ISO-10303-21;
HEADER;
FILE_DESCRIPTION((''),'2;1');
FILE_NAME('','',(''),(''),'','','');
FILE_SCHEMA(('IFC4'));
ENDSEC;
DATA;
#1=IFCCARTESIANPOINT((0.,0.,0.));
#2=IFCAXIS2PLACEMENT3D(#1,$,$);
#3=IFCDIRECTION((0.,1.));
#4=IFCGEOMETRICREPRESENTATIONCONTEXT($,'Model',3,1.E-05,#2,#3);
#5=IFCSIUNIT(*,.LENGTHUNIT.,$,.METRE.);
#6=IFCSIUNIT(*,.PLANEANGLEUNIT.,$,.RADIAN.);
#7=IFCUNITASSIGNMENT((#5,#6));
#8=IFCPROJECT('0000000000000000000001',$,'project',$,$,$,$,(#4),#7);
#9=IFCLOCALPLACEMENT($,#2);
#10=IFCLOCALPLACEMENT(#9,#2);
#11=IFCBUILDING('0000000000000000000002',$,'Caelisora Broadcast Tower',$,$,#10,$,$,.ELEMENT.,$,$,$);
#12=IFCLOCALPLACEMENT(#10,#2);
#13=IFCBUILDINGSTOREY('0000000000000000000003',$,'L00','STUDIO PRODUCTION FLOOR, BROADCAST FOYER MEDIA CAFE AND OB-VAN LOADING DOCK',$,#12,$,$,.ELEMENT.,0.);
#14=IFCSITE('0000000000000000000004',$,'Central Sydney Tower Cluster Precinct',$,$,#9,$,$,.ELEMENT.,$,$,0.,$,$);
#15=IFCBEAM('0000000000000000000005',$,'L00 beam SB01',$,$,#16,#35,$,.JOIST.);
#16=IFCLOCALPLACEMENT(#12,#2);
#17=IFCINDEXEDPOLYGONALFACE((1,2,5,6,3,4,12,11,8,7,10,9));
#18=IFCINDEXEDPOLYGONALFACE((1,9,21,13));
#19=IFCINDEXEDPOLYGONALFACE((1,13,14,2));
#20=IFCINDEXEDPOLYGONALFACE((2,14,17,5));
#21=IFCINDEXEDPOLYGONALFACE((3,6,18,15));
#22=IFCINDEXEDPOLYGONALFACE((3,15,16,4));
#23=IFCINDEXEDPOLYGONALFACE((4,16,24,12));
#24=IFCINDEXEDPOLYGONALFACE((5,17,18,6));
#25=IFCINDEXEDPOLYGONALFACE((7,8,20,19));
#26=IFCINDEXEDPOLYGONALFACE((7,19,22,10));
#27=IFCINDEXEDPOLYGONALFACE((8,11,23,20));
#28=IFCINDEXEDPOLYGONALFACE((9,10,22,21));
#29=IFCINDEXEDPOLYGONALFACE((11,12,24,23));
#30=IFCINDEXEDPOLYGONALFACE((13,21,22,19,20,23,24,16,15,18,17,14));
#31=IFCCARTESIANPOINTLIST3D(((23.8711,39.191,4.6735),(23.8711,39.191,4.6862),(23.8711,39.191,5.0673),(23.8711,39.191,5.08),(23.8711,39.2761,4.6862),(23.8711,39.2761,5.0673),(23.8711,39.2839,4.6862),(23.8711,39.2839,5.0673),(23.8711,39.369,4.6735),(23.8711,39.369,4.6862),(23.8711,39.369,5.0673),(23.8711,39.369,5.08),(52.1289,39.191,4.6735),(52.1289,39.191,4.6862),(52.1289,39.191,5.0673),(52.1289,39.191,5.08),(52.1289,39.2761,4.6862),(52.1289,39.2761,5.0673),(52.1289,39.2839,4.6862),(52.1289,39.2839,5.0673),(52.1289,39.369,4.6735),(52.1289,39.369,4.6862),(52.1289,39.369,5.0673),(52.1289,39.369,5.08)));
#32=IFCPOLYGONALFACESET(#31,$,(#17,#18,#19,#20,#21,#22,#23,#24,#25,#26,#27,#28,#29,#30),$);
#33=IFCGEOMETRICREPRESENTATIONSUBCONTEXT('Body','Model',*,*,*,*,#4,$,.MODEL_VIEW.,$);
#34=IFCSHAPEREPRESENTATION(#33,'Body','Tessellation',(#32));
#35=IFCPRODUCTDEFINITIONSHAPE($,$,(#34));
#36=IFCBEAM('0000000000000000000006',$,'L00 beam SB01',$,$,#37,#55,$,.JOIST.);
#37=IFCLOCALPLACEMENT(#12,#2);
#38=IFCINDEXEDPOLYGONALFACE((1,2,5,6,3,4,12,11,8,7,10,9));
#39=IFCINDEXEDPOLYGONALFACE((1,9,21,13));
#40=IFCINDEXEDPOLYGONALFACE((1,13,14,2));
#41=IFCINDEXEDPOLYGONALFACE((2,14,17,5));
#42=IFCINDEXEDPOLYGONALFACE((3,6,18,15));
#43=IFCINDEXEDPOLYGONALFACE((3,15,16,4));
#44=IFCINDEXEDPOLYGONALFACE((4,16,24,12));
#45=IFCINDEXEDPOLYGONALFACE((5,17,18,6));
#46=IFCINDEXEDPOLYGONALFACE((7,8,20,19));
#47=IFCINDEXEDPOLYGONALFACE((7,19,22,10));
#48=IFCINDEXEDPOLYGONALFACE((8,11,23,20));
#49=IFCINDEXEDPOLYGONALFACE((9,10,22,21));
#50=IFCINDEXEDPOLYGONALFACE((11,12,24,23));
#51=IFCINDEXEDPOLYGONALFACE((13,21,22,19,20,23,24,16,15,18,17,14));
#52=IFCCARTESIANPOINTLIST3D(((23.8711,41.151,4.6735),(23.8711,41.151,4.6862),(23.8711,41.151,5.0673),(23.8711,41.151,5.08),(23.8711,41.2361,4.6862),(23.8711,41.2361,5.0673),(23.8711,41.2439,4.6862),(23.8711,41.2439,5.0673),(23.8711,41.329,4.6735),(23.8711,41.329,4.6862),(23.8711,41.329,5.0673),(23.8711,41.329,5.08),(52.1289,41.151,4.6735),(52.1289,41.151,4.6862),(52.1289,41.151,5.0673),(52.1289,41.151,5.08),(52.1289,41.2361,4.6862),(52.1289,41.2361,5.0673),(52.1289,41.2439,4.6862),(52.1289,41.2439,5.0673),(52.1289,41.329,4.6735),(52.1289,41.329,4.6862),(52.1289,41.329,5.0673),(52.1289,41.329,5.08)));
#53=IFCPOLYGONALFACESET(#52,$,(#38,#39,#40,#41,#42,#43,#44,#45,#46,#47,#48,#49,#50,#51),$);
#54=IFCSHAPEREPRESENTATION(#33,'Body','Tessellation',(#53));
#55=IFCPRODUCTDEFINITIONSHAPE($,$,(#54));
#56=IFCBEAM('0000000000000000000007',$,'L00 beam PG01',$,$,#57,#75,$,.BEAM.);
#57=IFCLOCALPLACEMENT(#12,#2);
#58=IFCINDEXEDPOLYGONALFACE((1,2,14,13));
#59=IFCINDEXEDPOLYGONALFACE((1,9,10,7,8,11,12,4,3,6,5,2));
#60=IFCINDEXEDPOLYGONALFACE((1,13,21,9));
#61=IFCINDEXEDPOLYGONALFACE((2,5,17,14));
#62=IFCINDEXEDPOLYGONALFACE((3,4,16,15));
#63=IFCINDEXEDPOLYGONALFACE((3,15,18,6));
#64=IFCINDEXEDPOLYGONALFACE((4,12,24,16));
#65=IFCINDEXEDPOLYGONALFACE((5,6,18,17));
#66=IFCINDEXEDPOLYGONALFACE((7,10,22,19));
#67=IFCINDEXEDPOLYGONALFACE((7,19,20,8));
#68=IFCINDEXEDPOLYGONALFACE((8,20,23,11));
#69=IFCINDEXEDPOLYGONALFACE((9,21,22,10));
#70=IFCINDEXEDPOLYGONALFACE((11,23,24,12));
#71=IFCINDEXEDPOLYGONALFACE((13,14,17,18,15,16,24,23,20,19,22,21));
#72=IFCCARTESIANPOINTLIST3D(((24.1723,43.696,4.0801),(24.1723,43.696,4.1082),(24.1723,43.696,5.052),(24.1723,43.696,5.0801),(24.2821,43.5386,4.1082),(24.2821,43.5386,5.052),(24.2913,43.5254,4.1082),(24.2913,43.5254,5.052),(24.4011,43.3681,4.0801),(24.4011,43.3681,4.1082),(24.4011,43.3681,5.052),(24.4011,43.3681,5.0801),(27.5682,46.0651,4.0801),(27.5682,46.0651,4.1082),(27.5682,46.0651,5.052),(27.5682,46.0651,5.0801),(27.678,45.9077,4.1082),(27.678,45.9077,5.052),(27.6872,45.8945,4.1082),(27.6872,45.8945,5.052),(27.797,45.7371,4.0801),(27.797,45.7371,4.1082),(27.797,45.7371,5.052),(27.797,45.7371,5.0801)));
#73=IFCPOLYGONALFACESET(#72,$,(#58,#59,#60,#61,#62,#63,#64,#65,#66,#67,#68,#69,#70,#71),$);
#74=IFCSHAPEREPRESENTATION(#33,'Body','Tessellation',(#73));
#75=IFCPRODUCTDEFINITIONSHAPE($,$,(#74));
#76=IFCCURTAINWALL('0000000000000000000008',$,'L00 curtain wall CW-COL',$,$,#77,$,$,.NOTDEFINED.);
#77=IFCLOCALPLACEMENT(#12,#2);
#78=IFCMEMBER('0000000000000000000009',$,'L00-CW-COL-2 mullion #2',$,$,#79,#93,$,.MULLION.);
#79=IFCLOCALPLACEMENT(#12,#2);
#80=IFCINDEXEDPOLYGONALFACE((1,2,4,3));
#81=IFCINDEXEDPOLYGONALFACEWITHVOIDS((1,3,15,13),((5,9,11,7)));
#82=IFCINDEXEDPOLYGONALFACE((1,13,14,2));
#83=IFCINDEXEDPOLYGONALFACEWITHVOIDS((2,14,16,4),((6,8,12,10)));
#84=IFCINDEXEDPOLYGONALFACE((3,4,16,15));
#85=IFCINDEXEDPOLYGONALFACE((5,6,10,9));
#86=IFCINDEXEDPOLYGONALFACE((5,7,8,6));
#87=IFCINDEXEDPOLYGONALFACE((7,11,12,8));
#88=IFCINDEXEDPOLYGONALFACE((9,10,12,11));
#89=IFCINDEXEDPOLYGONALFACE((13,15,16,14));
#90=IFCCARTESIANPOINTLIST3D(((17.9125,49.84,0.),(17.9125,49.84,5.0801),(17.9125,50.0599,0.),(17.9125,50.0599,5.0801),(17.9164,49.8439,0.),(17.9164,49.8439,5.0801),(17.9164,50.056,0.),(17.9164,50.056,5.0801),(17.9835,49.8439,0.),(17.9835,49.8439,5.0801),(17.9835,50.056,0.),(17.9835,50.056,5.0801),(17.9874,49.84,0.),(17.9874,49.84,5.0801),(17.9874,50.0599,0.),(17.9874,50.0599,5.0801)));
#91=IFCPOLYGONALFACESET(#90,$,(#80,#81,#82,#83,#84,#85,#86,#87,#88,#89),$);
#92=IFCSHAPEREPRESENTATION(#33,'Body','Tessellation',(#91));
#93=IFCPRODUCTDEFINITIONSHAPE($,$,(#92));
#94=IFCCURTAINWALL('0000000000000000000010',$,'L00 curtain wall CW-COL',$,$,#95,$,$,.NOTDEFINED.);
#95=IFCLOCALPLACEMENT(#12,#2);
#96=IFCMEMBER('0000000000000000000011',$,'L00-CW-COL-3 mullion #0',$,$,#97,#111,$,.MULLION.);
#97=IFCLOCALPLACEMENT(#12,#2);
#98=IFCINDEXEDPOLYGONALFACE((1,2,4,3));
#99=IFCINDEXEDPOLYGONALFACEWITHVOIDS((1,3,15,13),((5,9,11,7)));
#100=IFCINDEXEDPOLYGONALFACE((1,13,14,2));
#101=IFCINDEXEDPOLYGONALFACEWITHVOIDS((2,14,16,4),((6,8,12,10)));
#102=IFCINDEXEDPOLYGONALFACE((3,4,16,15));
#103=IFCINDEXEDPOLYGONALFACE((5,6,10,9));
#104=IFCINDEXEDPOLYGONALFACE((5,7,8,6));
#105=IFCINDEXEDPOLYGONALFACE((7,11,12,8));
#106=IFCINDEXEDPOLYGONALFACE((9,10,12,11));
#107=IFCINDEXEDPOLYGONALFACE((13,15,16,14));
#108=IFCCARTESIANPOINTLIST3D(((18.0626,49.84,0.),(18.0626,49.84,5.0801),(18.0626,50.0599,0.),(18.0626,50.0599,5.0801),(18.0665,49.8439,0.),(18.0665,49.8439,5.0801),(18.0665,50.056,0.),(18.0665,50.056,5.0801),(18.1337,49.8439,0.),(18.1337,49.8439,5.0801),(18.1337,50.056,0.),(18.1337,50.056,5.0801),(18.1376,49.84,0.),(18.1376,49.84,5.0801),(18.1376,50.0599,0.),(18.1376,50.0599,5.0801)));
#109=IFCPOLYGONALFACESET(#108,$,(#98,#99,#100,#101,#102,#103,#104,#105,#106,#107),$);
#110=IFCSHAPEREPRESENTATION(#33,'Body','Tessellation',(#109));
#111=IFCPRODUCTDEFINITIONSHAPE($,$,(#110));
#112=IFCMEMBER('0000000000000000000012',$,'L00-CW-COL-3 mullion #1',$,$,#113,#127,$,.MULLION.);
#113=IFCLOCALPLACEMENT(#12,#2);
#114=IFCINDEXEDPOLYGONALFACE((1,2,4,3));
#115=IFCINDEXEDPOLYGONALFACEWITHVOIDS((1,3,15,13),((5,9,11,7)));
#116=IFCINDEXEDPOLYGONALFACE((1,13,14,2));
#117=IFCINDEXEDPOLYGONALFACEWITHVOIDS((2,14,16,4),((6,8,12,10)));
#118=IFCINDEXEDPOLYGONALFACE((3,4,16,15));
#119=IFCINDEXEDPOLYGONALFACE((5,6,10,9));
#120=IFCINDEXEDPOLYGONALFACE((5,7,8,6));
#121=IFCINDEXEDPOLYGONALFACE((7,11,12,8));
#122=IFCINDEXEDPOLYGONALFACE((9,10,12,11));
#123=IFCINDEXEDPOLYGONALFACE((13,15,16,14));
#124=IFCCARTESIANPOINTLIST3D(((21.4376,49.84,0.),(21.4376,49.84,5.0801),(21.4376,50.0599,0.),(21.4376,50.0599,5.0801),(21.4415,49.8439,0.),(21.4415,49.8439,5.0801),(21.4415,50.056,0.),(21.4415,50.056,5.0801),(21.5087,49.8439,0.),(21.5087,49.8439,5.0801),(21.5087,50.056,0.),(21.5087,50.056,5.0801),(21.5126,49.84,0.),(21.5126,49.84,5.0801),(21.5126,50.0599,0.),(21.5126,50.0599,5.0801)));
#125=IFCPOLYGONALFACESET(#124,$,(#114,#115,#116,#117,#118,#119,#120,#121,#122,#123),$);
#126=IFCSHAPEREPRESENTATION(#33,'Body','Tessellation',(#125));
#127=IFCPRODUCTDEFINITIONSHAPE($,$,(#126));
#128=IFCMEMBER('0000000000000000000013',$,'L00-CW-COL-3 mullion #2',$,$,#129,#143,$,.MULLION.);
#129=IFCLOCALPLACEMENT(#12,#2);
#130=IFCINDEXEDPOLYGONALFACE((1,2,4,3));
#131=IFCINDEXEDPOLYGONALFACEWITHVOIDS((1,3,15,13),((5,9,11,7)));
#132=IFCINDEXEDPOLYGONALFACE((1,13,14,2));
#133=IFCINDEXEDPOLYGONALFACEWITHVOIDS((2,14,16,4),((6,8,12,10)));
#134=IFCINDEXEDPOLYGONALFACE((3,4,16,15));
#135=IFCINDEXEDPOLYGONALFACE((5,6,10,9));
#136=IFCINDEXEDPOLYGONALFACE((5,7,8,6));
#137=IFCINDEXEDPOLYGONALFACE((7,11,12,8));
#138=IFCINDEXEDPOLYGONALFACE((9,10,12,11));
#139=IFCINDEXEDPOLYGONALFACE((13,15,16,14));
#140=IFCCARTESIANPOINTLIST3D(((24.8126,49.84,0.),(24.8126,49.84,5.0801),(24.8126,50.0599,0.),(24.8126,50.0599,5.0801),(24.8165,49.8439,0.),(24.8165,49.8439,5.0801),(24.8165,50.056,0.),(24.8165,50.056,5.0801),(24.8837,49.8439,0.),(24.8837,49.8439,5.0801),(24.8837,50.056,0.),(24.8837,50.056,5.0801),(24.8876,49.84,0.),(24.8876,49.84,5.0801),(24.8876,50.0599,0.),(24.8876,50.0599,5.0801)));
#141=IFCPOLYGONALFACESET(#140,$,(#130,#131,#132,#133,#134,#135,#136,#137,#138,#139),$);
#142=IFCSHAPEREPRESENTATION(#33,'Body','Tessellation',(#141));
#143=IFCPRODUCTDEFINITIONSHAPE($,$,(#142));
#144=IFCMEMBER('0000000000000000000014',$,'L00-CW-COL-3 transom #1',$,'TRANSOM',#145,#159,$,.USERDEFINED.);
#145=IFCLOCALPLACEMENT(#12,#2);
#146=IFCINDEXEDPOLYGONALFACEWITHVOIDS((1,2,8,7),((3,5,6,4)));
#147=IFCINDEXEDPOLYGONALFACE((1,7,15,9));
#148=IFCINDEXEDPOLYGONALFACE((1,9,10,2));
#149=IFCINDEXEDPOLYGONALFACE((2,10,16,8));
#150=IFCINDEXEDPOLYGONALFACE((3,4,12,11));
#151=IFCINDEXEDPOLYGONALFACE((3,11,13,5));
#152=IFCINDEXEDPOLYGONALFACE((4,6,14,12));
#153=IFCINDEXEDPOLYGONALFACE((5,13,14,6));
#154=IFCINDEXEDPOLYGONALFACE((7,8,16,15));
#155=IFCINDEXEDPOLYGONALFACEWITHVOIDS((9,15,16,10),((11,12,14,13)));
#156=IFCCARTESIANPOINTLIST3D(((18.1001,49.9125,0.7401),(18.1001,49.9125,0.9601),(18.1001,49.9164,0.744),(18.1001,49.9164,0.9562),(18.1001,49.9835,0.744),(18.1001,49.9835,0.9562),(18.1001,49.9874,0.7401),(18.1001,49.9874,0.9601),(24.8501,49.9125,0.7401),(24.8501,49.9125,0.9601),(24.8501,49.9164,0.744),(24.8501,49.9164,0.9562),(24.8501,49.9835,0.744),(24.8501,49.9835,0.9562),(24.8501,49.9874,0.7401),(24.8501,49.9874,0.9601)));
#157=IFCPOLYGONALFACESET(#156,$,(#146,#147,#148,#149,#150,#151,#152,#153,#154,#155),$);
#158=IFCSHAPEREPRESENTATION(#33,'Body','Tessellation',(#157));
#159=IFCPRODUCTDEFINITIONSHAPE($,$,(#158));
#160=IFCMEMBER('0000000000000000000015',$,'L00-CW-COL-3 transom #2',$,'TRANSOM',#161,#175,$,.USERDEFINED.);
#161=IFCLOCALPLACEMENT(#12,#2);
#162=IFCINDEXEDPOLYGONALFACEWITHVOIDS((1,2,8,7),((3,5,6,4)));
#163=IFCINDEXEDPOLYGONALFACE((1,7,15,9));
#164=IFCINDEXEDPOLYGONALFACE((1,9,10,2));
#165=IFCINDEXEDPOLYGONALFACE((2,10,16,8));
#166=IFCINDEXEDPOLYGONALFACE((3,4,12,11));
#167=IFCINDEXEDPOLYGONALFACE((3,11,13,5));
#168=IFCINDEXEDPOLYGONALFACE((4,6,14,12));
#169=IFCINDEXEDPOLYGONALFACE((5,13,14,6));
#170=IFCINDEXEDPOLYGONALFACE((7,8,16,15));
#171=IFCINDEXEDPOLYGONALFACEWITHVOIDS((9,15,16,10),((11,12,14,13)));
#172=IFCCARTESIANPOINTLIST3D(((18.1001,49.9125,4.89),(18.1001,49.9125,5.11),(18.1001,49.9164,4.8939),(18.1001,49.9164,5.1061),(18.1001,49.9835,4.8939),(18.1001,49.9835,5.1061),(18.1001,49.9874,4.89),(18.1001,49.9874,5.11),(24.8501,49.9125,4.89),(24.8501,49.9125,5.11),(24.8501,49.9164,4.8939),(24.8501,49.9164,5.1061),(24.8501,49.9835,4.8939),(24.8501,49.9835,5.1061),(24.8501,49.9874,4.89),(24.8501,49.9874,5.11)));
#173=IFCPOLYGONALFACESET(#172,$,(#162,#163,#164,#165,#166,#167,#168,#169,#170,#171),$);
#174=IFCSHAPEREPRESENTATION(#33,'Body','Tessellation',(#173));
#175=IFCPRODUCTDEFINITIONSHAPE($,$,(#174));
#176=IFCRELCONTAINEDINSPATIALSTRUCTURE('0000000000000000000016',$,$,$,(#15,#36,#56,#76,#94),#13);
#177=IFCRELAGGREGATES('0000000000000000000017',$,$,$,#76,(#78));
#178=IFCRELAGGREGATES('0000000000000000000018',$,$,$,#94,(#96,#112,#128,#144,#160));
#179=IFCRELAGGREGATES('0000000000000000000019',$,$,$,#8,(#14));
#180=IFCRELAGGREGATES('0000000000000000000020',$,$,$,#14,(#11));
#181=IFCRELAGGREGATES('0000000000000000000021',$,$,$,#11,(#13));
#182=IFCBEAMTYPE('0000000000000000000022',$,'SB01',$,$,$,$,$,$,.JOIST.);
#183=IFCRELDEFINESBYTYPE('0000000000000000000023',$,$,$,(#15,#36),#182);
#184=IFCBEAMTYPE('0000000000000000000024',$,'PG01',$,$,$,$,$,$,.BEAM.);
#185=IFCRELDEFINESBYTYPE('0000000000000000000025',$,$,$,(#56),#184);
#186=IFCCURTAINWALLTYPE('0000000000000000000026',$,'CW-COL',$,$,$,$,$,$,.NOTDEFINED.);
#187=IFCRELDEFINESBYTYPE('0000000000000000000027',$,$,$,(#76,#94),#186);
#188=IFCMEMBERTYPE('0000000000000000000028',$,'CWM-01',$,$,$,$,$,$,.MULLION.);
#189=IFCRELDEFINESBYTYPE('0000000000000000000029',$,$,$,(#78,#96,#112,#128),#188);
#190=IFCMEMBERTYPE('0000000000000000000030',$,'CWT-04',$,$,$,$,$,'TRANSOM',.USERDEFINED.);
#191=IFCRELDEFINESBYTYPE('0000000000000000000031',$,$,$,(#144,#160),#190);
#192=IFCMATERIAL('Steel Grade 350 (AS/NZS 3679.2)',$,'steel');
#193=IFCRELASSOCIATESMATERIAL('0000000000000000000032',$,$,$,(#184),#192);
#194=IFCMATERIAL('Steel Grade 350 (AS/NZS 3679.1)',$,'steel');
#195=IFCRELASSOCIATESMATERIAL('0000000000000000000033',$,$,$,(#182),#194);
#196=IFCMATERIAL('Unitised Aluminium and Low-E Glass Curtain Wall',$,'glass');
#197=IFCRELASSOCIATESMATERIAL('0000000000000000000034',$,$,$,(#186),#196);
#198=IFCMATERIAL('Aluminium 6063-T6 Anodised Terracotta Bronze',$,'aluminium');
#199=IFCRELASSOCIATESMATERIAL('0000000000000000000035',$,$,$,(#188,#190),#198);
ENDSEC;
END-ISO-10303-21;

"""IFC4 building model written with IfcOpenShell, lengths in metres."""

from ifc_helpers import new_model, si_unit, direction, frame, origin, origin_2d, place, context, subcontext, project, spatial, hollow_rectangle, i_section, extrude, source, transform, mapped, material, material_profile, profile_set, type_object, type_shapes, element, aggregate, save


model = new_model("IFC4")

# Units and contexts
model_context = context("Model", 3, precision=1e-05, world=origin(), true_north=direction((0.0, 1.0)))
body_context = subcontext(model_context, "Body", "Model", "MODEL_VIEW")
ifc_project = project(units=[si_unit("LENGTHUNIT", "METRE"), si_unit("PLANEANGLEUNIT", "RADIAN")], contexts=[model_context])

# Site, building, storey
site_placement = place(None, origin())
site = spatial("IfcSite", under=ifc_project, at=site_placement, Name="Central Sydney Tower Cluster Precinct", CompositionType="ELEMENT", RefElevation=0.0)
building_placement = place(site_placement, origin())
building = spatial("IfcBuilding", under=site, at=building_placement, Name="Caelisora Broadcast Tower", CompositionType="ELEMENT")
storey_placement = place(building_placement, origin())
storey = spatial("IfcBuildingStorey", under=building, at=storey_placement, Name="L00", Description="STUDIO PRODUCTION FLOOR, BROADCAST FOYER MEDIA CAFE AND OB-VAN LOADING DOCK", CompositionType="ELEMENT", Elevation=0.0)

# Beams
ifc_material_1 = material(Name="Steel Grade 350 (AS/NZS 3679.2)", Category="steel")
ifc_material_profile_1 = material_profile(ifc_material_1, i_section(OverallWidth=0.3999, OverallDepth=1.0, WebThickness=0.0161, FlangeThickness=0.0281, at=origin_2d()), Name="Steel Grade 350 (AS/NZS 3679.2)")
ifc_profile_set_1 = profile_set([ifc_material_profile_1], Name="Steel Grade 350 (AS/NZS 3679.2)")
beam_type_1 = type_object("IfcBeamType", Name="PG01", PredefinedType="BEAM", material=ifc_profile_set_1)
ifc_material_2 = material(Name="Steel Grade 350 (AS/NZS 3679.1)", Category="steel")
ifc_material_profile_2 = material_profile(ifc_material_2, i_section(OverallWidth=0.178, OverallDepth=0.4065, WebThickness=0.0078, FlangeThickness=0.0127, at=origin_2d()), Name="Steel Grade 350 (AS/NZS 3679.1)")
ifc_profile_set_2 = profile_set([ifc_material_profile_2], Name="Steel Grade 350 (AS/NZS 3679.1)")
beam_type_2 = type_object("IfcBeamType", Name="SB01", PredefinedType="JOIST", material=ifc_profile_set_2)
shared_shape_1 = source(origin(), body_context, "Body", "SweptSolid", [
    extrude(i_section(OverallWidth=0.178, OverallDepth=0.4065, WebThickness=0.0078, FlangeThickness=0.0127, at=origin_2d()), origin(), (0.0, 0.0, 1.0), 28.2578),
])
type_shapes(beam_type_2, [shared_shape_1])
for number, where, z_axis, x_axis, name in (
    (1, (23.8711, 39.28, 4.8767), (1.0, 0.0, 0.0), (0.0, 1.0, 0.0), "L00 beam SB01"),
    (2, (23.8711, 41.24, 4.8767), (1.0, 0.0, 0.0), (0.0, 1.0, 0.0), "L00 beam SB01"),
):
    element("IfcBeam", number, at=place(storey_placement, frame(where, z_axis=z_axis, x_axis=x_axis)), inside=storey, type_object=beam_type_2, Name=name, PredefinedType="JOIST", context=body_context, shape_type="MappedRepresentation", body=[
        mapped(shared_shape_1, transform((0.0, 0.0, 0.0), scale=1.0)),
    ])
shared_shape_2 = source(origin(), body_context, "Body", "SweptSolid", [
    extrude(i_section(OverallWidth=0.3999, OverallDepth=1.0, WebThickness=0.0161, FlangeThickness=0.0281, at=origin_2d()), origin(), (0.0, 0.0, 1.0), 4.1406),
])
beam_1_placement = place(storey_placement, frame((27.6826, 45.9011, 4.5801), z_axis=(-0.820145, -0.572156, 0.0), x_axis=(0.572156, -0.820145, 0.0)))
element("IfcBeam", 3, at=beam_1_placement, inside=storey, type_object=beam_type_1, Name="L00 beam PG01", PredefinedType="BEAM", context=body_context, shape_type="MappedRepresentation", body=[
    mapped(shared_shape_2, transform((0.0, 0.0, 0.0), scale=1.0)),
])

# Curtain wall, member
ifc_material_3 = material(Name="Unitised Aluminium and Low-E Glass Curtain Wall", Category="glass")
curtain_wall_type = type_object("IfcCurtainWallType", Name="CW-COL", PredefinedType="NOTDEFINED", material=ifc_material_3)
curtain_wall_1_placement = place(storey_placement, origin())
curtain_wall_1 = element("IfcCurtainWall", 4, at=curtain_wall_1_placement, inside=storey, type_object=curtain_wall_type, Name="L00 curtain wall CW-COL", PredefinedType="NOTDEFINED")
ifc_material_4 = material(Name="Aluminium 6063-T6 Anodised Terracotta Bronze", Category="aluminium")
ifc_material_profile_3 = material_profile(ifc_material_4, hollow_rectangle(XDim=0.075, YDim=0.22, WallThickness=0.0039, at=origin_2d()), Name="Aluminium 6063-T6 Anodised Terracotta Bronze")
ifc_profile_set_3 = profile_set([ifc_material_profile_3], Name="Aluminium 6063-T6 Anodised Terracotta Bronze")
member_type_1 = type_object("IfcMemberType", Name="CWM-01", PredefinedType="MULLION", material=ifc_profile_set_3)
shared_shape_3 = source(origin(), body_context, "Body", "SweptSolid", [
    extrude(hollow_rectangle(XDim=0.075, YDim=0.22, WallThickness=0.0039, at=origin_2d()), origin(), (0.0, 0.0, 1.0), 5.0801),
])
type_shapes(member_type_1, [shared_shape_3])
member_1_placement = place(storey_placement, frame((17.95, 49.95, 0.0), z_axis=(0.0, 0.0, 1.0), x_axis=(1.0, 0.0, 0.0)))
member_1 = element("IfcMember", 5, at=member_1_placement, type_object=member_type_1, Name="L00-CW-COL-2 mullion #2", PredefinedType="MULLION", context=body_context, shape_type="MappedRepresentation", body=[
    mapped(shared_shape_3, transform((0.0, 0.0, 0.0), scale=1.0)),
])
aggregate(curtain_wall_1, [member_1])

# Curtain wall, members
curtain_wall_2_placement = place(storey_placement, origin())
curtain_wall_2 = element("IfcCurtainWall", 6, at=curtain_wall_2_placement, inside=storey, type_object=curtain_wall_type, Name="L00 curtain wall CW-COL", PredefinedType="NOTDEFINED")
member_2_placement = place(storey_placement, frame((18.1001, 49.95, 0.0), z_axis=(0.0, 0.0, 1.0), x_axis=(1.0, 0.0, 0.0)))
member_2 = element("IfcMember", 7, at=member_2_placement, type_object=member_type_1, Name="L00-CW-COL-3 mullion #0", PredefinedType="MULLION", context=body_context, shape_type="MappedRepresentation", body=[
    mapped(shared_shape_3, transform((0.0, 0.0, 0.0), scale=1.0)),
])
member_3_placement = place(storey_placement, frame((21.4751, 49.95, 0.0), z_axis=(0.0, 0.0, 1.0), x_axis=(1.0, 0.0, 0.0)))
member_3 = element("IfcMember", 8, at=member_3_placement, type_object=member_type_1, Name="L00-CW-COL-3 mullion #1", PredefinedType="MULLION", context=body_context, shape_type="MappedRepresentation", body=[
    mapped(shared_shape_3, transform((0.0, 0.0, 0.0), scale=1.0)),
])
member_4_placement = place(storey_placement, frame((24.8501, 49.95, 0.0), z_axis=(0.0, 0.0, 1.0), x_axis=(1.0, 0.0, 0.0)))
member_4 = element("IfcMember", 9, at=member_4_placement, type_object=member_type_1, Name="L00-CW-COL-3 mullion #2", PredefinedType="MULLION", context=body_context, shape_type="MappedRepresentation", body=[
    mapped(shared_shape_3, transform((0.0, 0.0, 0.0), scale=1.0)),
])
ifc_material_profile_4 = material_profile(ifc_material_4, hollow_rectangle(XDim=0.075, YDim=0.22, WallThickness=0.0039, at=origin_2d()), Name="Aluminium 6063-T6 Anodised Terracotta Bronze")
ifc_profile_set_4 = profile_set([ifc_material_profile_4], Name="Aluminium 6063-T6 Anodised Terracotta Bronze")
member_type_2 = type_object("IfcMemberType", Name="CWT-04", ElementType="TRANSOM", PredefinedType="USERDEFINED", material=ifc_profile_set_4)
shared_shape_4 = source(origin(), body_context, "Body", "SweptSolid", [
    extrude(hollow_rectangle(XDim=0.075, YDim=0.22, WallThickness=0.0039, at=origin_2d()), origin(), (0.0, 0.0, 1.0), 6.75),
])
type_shapes(member_type_2, [shared_shape_4])
member_5_placement = place(storey_placement, frame((18.1001, 49.95, 0.8501), z_axis=(1.0, 0.0, 0.0), x_axis=(0.0, 1.0, 0.0)))
member_5 = element("IfcMember", 10, at=member_5_placement, type_object=member_type_2, Name="L00-CW-COL-3 transom #1", ObjectType="TRANSOM", PredefinedType="USERDEFINED", context=body_context, shape_type="MappedRepresentation", body=[
    mapped(shared_shape_4, transform((0.0, 0.0, 0.0), scale=1.0)),
])
member_6_placement = place(storey_placement, frame((18.1001, 49.95, 5.0), z_axis=(1.0, 0.0, 0.0), x_axis=(0.0, 1.0, 0.0)))
member_6 = element("IfcMember", 11, at=member_6_placement, type_object=member_type_2, Name="L00-CW-COL-3 transom #2", ObjectType="TRANSOM", PredefinedType="USERDEFINED", context=body_context, shape_type="MappedRepresentation", body=[
    mapped(shared_shape_4, transform((0.0, 0.0, 0.0), scale=1.0)),
])
aggregate(curtain_wall_2, [member_2, member_3, member_4, member_5, member_6])

save(model, "model.ifc")
